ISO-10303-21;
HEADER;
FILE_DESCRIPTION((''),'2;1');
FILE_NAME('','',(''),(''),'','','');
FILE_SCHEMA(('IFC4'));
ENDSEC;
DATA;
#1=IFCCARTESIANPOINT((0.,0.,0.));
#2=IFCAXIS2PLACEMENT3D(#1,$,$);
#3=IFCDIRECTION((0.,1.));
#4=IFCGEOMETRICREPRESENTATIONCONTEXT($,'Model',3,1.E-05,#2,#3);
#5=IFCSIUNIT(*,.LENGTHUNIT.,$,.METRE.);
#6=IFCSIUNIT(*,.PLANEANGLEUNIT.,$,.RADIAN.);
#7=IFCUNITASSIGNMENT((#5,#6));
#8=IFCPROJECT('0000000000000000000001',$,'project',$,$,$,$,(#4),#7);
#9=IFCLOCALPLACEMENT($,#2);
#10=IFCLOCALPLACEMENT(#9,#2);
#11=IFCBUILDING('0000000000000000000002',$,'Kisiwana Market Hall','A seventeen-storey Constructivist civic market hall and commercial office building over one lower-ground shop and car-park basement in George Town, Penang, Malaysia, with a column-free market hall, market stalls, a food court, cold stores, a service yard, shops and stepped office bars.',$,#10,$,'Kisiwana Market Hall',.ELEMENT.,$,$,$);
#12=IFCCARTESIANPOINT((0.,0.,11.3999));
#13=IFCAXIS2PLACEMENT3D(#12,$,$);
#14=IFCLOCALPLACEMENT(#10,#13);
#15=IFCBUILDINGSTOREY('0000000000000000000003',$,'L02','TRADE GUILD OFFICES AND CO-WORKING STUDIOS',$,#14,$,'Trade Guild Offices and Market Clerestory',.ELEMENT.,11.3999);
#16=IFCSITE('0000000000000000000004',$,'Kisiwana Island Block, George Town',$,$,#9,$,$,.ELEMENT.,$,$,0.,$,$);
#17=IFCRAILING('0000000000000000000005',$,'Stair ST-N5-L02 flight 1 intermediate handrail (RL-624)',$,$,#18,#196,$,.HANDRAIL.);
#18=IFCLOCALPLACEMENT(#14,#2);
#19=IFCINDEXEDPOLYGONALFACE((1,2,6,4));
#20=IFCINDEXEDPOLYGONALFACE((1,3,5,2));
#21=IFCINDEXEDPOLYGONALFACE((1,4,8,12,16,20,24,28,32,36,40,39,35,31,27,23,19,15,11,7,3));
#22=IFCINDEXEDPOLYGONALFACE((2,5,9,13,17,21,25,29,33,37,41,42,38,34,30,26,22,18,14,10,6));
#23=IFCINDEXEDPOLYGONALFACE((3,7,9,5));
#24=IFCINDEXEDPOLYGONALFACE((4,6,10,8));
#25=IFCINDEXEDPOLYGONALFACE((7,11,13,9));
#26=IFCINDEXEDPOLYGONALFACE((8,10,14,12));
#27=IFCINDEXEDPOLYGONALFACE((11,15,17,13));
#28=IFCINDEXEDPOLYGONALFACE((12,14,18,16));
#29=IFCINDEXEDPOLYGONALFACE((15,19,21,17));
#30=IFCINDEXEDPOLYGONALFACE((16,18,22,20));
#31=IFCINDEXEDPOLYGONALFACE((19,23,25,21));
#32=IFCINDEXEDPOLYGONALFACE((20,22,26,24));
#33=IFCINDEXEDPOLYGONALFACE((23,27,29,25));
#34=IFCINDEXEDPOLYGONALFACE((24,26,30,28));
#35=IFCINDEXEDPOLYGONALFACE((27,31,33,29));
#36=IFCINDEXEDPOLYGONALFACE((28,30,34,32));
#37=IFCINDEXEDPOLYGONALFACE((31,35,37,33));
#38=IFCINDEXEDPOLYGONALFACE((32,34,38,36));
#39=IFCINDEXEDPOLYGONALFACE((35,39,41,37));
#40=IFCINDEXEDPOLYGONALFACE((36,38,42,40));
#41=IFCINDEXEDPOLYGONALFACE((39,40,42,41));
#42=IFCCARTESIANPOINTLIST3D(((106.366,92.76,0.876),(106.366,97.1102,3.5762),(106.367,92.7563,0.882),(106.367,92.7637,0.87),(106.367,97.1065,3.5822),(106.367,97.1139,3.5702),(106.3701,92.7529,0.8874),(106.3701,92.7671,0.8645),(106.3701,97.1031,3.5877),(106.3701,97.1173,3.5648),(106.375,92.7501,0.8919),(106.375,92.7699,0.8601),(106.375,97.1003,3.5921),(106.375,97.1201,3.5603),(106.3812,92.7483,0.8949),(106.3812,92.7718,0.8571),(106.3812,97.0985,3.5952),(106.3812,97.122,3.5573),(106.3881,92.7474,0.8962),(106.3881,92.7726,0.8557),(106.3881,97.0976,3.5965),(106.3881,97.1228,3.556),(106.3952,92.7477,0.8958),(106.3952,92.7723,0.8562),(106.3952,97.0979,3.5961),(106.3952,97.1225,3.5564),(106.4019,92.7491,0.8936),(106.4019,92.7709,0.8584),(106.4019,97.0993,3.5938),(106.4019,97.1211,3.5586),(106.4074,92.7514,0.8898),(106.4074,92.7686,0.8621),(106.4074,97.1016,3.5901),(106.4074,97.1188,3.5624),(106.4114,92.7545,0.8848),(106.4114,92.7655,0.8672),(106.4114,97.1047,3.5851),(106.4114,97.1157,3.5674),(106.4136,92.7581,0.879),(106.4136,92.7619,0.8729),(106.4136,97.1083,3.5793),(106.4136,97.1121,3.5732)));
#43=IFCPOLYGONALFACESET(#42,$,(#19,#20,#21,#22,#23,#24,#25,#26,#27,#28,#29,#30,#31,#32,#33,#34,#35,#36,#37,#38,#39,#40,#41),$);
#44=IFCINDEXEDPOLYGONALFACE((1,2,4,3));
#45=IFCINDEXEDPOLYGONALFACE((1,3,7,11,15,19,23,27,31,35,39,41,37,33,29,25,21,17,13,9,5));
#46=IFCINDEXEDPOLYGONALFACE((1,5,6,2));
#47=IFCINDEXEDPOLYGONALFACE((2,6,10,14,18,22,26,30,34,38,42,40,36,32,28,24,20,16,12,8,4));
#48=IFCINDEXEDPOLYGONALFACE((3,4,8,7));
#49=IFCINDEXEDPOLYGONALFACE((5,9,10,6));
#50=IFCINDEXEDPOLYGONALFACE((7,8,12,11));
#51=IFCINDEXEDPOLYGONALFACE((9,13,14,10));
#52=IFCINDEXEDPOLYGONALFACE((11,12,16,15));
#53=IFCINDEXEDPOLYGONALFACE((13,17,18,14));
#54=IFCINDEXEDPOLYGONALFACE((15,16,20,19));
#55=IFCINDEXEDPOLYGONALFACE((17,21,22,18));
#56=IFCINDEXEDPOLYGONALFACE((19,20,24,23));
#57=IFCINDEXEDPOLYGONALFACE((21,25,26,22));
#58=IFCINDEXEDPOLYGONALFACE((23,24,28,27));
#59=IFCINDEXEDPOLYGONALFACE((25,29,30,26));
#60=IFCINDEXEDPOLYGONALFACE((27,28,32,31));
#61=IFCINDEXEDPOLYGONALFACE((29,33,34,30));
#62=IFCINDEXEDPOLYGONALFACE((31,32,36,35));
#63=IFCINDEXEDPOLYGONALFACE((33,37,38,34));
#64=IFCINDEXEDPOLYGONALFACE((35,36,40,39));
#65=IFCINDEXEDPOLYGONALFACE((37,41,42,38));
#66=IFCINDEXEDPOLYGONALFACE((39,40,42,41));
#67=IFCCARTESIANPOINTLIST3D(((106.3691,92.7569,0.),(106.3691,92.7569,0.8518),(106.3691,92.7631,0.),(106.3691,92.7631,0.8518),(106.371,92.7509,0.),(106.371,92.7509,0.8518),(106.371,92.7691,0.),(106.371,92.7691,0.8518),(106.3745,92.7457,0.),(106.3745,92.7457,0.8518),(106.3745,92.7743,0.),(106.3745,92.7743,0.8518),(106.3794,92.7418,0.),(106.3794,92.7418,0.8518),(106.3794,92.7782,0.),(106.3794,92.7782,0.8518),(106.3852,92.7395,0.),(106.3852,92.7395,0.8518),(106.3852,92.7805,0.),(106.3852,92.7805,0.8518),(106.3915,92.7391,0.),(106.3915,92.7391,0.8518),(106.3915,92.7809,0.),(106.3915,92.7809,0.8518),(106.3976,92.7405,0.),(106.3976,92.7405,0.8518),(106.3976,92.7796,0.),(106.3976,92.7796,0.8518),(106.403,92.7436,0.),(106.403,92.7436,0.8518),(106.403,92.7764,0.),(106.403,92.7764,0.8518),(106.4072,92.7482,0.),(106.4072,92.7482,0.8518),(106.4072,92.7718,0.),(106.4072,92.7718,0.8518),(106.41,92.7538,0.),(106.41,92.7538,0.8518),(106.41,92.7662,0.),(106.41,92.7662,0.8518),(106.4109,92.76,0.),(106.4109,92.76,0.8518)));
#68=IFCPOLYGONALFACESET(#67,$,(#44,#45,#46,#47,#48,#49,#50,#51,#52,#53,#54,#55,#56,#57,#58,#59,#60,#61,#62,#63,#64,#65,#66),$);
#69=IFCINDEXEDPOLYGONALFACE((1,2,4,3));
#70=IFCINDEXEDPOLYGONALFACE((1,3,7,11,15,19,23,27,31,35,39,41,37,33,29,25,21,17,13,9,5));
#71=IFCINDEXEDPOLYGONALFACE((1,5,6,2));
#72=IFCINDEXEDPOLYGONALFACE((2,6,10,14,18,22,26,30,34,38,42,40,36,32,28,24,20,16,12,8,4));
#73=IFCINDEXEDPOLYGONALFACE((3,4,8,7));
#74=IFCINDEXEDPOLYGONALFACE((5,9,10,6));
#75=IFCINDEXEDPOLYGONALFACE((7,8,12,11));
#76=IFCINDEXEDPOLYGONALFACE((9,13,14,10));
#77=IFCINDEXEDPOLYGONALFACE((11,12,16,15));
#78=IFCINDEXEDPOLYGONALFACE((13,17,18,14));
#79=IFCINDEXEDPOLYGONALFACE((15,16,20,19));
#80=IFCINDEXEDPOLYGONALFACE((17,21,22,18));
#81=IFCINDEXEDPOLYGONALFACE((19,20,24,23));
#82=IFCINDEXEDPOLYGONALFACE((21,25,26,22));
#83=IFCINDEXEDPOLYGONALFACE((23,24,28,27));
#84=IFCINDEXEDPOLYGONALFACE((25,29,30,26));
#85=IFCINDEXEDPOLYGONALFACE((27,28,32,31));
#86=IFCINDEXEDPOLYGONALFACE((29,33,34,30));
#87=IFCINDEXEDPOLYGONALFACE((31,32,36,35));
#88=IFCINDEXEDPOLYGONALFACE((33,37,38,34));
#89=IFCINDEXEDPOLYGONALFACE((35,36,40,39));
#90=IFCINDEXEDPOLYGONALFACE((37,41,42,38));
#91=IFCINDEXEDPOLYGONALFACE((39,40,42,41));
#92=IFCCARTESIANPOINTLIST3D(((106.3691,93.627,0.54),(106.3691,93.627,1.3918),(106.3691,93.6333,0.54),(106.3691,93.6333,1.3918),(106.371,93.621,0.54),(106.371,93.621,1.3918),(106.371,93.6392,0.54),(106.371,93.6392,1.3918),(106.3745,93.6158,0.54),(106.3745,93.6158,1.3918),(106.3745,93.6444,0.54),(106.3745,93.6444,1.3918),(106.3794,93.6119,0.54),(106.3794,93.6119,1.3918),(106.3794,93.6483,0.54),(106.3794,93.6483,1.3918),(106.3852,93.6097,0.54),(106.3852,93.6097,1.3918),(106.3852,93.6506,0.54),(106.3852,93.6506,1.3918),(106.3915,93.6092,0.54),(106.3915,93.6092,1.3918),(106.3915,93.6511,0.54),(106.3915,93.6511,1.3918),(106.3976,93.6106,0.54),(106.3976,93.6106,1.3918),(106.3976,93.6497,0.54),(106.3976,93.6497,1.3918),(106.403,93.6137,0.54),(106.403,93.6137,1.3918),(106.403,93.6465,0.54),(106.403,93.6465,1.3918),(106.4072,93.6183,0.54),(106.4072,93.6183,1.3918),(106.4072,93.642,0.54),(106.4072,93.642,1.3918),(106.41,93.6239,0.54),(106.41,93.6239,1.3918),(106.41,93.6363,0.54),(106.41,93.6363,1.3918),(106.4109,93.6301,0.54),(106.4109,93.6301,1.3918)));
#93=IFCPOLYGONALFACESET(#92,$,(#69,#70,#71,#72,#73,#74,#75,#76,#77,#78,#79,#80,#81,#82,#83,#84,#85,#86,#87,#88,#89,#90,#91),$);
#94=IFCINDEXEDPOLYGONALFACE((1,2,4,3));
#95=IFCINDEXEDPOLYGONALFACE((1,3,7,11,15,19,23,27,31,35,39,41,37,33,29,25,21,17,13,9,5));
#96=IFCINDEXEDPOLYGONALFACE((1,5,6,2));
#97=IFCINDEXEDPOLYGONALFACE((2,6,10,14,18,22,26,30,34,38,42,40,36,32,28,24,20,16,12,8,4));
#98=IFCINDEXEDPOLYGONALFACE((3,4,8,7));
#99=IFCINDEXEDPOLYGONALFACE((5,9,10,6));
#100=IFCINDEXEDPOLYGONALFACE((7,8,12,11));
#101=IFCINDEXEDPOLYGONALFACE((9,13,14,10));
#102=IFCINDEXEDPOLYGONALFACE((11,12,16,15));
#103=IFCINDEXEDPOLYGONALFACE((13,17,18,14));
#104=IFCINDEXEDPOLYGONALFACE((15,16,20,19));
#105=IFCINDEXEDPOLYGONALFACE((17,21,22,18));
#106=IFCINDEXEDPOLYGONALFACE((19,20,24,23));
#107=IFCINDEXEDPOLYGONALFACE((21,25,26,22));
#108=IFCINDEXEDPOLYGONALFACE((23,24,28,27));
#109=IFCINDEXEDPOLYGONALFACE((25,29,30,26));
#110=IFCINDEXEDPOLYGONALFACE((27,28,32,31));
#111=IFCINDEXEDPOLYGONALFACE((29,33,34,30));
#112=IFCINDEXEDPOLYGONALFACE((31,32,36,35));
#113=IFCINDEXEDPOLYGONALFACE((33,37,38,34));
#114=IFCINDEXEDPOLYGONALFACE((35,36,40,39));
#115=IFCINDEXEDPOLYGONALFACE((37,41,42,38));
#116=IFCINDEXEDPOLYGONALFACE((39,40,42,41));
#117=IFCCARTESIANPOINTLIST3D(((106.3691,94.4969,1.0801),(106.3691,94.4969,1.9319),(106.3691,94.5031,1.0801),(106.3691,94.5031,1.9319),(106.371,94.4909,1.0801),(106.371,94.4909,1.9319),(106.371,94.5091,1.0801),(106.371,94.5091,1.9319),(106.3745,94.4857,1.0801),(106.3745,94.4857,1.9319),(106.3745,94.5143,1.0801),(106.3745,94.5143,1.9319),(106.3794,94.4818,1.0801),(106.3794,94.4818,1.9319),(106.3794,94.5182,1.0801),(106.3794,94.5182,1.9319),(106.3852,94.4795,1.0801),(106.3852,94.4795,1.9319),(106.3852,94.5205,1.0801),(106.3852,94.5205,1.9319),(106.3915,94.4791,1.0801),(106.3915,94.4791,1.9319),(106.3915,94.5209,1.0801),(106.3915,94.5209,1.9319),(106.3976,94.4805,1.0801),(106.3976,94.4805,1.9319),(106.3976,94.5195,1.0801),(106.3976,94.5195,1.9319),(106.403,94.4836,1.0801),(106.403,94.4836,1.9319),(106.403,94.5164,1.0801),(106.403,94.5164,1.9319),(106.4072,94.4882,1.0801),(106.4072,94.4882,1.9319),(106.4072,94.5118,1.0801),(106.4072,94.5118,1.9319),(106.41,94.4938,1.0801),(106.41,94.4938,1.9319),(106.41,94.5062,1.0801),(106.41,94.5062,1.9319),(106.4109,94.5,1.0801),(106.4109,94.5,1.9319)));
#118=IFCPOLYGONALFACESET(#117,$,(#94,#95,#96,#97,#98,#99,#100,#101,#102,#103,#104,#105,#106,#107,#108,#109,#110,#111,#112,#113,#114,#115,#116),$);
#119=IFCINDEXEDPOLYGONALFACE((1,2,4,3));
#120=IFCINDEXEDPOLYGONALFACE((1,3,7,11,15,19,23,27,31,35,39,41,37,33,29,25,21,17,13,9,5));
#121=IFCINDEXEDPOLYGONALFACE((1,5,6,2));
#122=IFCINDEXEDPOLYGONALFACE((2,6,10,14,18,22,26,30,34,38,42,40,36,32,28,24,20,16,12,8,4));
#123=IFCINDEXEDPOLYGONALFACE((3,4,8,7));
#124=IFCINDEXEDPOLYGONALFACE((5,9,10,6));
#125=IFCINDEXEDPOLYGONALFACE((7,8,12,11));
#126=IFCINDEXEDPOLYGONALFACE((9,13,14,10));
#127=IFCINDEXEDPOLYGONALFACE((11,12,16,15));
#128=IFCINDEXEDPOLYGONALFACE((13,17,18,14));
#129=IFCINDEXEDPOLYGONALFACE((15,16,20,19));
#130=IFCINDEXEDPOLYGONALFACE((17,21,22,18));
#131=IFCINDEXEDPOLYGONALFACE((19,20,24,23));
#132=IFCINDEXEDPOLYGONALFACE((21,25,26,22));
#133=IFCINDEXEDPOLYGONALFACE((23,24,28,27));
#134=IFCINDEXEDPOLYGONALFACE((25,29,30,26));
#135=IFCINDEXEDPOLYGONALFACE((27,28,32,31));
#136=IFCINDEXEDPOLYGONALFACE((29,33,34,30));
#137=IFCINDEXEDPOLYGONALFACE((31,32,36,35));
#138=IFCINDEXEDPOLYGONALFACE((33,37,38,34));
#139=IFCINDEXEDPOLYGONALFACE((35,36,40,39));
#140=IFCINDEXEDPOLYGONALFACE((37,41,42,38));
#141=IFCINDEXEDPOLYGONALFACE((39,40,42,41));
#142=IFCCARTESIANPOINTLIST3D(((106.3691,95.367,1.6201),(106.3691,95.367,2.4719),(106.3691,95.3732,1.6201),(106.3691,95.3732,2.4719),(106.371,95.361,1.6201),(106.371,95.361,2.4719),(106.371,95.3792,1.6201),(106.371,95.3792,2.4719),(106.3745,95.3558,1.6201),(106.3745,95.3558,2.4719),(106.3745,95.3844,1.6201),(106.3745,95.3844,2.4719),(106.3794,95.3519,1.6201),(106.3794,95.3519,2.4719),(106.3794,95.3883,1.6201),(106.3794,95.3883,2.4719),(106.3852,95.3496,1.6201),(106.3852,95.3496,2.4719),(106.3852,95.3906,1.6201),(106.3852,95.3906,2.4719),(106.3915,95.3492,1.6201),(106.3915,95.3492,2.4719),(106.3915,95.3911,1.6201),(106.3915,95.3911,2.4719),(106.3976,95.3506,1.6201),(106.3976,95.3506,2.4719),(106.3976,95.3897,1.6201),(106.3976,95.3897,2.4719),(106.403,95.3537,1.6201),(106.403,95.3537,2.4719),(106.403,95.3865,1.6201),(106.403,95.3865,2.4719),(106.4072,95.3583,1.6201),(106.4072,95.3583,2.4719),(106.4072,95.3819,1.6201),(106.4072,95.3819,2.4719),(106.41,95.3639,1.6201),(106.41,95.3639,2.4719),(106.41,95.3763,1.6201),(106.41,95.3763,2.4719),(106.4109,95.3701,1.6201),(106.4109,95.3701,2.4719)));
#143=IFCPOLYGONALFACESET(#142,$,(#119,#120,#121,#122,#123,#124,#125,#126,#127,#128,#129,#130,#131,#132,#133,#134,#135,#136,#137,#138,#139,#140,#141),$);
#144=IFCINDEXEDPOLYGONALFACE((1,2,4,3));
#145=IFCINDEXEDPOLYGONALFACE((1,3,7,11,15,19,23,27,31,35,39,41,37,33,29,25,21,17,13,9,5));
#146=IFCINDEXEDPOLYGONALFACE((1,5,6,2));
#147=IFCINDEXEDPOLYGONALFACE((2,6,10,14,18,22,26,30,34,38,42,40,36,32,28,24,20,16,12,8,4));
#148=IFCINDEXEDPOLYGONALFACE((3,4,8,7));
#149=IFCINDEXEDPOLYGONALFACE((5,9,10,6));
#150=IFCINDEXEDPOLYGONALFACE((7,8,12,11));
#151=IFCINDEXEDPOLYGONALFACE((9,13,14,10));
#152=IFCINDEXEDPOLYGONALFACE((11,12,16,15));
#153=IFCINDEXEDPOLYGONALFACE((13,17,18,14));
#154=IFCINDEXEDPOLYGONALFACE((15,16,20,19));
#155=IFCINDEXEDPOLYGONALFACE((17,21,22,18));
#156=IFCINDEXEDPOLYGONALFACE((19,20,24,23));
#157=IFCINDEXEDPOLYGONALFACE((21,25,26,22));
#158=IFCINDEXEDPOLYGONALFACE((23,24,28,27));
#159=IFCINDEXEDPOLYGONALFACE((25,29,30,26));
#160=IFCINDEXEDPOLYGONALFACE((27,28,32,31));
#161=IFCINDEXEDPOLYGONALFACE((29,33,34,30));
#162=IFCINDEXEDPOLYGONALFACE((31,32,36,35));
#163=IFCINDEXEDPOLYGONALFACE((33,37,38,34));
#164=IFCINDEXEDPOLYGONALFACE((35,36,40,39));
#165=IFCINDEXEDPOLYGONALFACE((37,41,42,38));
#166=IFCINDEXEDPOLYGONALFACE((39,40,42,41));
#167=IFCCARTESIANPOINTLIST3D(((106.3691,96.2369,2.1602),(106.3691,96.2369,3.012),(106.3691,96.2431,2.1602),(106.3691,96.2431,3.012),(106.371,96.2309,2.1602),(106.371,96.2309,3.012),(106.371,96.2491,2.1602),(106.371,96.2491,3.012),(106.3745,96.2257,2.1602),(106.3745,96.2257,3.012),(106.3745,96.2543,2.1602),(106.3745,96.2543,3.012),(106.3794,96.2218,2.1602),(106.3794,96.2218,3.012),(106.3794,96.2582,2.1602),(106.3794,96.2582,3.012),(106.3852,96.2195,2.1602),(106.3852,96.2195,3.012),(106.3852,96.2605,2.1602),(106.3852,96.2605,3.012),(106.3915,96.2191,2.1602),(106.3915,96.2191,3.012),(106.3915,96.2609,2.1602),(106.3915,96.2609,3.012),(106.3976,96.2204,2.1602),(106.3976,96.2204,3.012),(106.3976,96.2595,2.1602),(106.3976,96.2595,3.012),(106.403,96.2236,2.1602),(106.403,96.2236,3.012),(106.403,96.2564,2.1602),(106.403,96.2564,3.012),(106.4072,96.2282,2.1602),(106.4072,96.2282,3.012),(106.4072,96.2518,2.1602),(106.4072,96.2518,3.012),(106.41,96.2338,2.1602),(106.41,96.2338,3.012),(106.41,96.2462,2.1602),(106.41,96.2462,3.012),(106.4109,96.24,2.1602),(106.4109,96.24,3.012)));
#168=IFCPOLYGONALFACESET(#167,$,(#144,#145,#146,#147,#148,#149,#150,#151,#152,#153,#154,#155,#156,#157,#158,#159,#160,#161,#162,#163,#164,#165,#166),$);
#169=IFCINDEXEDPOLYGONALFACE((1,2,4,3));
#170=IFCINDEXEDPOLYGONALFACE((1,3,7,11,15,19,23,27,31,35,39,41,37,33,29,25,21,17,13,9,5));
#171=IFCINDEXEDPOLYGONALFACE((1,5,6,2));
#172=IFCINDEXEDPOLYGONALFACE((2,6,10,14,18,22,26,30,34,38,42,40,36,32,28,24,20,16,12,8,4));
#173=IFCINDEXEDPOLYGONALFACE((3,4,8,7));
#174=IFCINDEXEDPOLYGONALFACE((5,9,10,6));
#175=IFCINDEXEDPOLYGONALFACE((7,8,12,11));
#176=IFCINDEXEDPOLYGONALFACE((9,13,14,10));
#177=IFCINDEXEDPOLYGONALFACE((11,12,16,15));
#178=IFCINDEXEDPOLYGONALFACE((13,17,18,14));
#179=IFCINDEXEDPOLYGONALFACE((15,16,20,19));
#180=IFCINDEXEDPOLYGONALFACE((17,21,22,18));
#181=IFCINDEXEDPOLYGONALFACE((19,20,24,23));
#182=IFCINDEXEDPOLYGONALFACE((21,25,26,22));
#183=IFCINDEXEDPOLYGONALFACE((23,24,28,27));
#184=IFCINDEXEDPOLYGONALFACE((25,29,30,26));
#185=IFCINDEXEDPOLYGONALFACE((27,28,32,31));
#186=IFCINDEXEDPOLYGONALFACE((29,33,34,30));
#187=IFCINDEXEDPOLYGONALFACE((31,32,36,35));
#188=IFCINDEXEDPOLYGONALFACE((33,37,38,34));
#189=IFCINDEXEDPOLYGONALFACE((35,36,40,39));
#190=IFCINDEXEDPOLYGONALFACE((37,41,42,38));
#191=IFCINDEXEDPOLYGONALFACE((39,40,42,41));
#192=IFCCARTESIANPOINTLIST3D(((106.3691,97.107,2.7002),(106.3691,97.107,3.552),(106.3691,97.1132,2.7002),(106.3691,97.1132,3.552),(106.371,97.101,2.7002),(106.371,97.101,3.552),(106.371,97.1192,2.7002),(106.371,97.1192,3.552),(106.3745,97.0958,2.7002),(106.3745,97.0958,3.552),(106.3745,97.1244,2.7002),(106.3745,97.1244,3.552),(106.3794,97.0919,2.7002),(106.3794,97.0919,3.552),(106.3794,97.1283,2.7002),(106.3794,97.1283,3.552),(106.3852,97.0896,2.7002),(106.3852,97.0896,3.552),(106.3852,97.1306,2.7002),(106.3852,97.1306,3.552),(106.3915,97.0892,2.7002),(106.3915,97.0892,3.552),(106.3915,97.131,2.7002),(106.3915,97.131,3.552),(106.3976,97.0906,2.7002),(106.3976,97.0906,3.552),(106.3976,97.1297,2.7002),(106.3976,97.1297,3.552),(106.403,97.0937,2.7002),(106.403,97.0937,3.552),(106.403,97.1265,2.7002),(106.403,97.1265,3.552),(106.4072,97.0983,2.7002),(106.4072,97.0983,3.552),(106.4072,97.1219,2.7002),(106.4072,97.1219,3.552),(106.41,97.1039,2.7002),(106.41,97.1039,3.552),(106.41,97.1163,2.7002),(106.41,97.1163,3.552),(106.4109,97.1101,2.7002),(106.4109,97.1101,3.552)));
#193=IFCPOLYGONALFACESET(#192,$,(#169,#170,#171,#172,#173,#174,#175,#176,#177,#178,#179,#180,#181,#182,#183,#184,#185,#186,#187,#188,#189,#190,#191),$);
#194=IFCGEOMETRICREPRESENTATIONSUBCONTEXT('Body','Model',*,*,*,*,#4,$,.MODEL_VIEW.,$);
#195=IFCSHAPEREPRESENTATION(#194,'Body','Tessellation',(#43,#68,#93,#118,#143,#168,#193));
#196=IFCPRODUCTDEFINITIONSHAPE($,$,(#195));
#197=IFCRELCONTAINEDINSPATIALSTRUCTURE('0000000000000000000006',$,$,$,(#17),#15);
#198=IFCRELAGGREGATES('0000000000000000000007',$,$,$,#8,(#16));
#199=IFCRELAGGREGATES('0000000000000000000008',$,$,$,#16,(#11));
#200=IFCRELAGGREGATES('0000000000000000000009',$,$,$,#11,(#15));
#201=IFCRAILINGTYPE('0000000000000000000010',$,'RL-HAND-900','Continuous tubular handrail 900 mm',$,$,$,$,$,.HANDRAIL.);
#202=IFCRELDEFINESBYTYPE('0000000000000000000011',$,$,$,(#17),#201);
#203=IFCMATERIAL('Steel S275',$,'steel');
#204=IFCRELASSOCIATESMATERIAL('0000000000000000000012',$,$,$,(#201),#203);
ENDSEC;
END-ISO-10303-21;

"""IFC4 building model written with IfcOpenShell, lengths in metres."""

from ifc_helpers import new_model, si_unit, direction, frame, origin, origin_2d, place, context, subcontext, project, spatial, circle, extrude, material, type_object, element, save


model = new_model("IFC4")

# Units and contexts
model_context = context("Model", 3, precision=1e-05, world=origin(), true_north=direction((0.0, 1.0)))
body_context = subcontext(model_context, "Body", "Model", "MODEL_VIEW")
ifc_project = project(units=[si_unit("LENGTHUNIT", "METRE"), si_unit("PLANEANGLEUNIT", "RADIAN")], contexts=[model_context])

# Site, building, storey
site_placement = place(None, origin())
site = spatial("IfcSite", under=ifc_project, at=site_placement, Name="Kisiwana Island Block, George Town", CompositionType="ELEMENT", RefElevation=0.0)
building_placement = place(site_placement, origin())
building = spatial("IfcBuilding", under=site, at=building_placement, Name="Kisiwana Market Hall", Description="A seventeen-storey Constructivist civic market hall and commercial office building over one lower-ground shop and car-park basement in George Town, Penang, Malaysia, with a column-free market hall, market stalls, a food court, cold stores, a service yard, shops and stepped office bars.", LongName="Kisiwana Market Hall", CompositionType="ELEMENT")
storey_placement = place(building_placement, frame((0.0, 0.0, 11.3999)))
storey = spatial("IfcBuildingStorey", under=building, at=storey_placement, Name="L02", Description="TRADE GUILD OFFICES AND CO-WORKING STUDIOS", LongName="Trade Guild Offices and Market Clerestory", CompositionType="ELEMENT", Elevation=11.3999)

# Railing
ifc_material_1 = material(Name="Steel S275", Category="steel")
railing_type_1 = type_object("IfcRailingType", Name="RL-HAND-900", Description="Continuous tubular handrail 900 mm", PredefinedType="HANDRAIL", material=ifc_material_1)
for number, where, name in (
    (1, (106.3899, 92.76, 0.0), "Stair ST-N5-L02 flight 1 intermediate handrail (RL-624)"),
):
    element("IfcRailing", number, at=place(storey_placement, frame(where)), inside=storey, type_object=railing_type_1, Name=name, PredefinedType="HANDRAIL", context=body_context, shape_type="SweptSolid", body=[
        extrude(circle(Radius=0.0239, at=origin_2d()), frame((0.0, 0.0, 0.876), z_axis=(0.0, 0.849628, 0.527382), x_axis=(-1.0, 0.0, 0.0)), (0.0, 0.0, 1.0), 5.1201),
        extrude(circle(Radius=0.021, at=origin_2d()), origin(), (0.0, 0.0, 1.0), 0.8518),
        extrude(circle(Radius=0.021, at=origin_2d()), frame((0.0, 0.8701, 0.54)), (0.0, 0.0, 1.0), 0.8518),
        extrude(circle(Radius=0.021, at=origin_2d()), frame((0.0, 1.74, 1.0801)), (0.0, 0.0, 1.0), 0.8518),
        extrude(circle(Radius=0.021, at=origin_2d()), frame((0.0, 2.6101, 1.6201)), (0.0, 0.0, 1.0), 0.8518),
        extrude(circle(Radius=0.021, at=origin_2d()), frame((0.0, 3.48, 2.1602)), (0.0, 0.0, 1.0), 0.8518),
        extrude(circle(Radius=0.021, at=origin_2d()), frame((0.0, 4.3501, 2.7002)), (0.0, 0.0, 1.0), 0.8518),
    ])

save(model, "model.ifc")
